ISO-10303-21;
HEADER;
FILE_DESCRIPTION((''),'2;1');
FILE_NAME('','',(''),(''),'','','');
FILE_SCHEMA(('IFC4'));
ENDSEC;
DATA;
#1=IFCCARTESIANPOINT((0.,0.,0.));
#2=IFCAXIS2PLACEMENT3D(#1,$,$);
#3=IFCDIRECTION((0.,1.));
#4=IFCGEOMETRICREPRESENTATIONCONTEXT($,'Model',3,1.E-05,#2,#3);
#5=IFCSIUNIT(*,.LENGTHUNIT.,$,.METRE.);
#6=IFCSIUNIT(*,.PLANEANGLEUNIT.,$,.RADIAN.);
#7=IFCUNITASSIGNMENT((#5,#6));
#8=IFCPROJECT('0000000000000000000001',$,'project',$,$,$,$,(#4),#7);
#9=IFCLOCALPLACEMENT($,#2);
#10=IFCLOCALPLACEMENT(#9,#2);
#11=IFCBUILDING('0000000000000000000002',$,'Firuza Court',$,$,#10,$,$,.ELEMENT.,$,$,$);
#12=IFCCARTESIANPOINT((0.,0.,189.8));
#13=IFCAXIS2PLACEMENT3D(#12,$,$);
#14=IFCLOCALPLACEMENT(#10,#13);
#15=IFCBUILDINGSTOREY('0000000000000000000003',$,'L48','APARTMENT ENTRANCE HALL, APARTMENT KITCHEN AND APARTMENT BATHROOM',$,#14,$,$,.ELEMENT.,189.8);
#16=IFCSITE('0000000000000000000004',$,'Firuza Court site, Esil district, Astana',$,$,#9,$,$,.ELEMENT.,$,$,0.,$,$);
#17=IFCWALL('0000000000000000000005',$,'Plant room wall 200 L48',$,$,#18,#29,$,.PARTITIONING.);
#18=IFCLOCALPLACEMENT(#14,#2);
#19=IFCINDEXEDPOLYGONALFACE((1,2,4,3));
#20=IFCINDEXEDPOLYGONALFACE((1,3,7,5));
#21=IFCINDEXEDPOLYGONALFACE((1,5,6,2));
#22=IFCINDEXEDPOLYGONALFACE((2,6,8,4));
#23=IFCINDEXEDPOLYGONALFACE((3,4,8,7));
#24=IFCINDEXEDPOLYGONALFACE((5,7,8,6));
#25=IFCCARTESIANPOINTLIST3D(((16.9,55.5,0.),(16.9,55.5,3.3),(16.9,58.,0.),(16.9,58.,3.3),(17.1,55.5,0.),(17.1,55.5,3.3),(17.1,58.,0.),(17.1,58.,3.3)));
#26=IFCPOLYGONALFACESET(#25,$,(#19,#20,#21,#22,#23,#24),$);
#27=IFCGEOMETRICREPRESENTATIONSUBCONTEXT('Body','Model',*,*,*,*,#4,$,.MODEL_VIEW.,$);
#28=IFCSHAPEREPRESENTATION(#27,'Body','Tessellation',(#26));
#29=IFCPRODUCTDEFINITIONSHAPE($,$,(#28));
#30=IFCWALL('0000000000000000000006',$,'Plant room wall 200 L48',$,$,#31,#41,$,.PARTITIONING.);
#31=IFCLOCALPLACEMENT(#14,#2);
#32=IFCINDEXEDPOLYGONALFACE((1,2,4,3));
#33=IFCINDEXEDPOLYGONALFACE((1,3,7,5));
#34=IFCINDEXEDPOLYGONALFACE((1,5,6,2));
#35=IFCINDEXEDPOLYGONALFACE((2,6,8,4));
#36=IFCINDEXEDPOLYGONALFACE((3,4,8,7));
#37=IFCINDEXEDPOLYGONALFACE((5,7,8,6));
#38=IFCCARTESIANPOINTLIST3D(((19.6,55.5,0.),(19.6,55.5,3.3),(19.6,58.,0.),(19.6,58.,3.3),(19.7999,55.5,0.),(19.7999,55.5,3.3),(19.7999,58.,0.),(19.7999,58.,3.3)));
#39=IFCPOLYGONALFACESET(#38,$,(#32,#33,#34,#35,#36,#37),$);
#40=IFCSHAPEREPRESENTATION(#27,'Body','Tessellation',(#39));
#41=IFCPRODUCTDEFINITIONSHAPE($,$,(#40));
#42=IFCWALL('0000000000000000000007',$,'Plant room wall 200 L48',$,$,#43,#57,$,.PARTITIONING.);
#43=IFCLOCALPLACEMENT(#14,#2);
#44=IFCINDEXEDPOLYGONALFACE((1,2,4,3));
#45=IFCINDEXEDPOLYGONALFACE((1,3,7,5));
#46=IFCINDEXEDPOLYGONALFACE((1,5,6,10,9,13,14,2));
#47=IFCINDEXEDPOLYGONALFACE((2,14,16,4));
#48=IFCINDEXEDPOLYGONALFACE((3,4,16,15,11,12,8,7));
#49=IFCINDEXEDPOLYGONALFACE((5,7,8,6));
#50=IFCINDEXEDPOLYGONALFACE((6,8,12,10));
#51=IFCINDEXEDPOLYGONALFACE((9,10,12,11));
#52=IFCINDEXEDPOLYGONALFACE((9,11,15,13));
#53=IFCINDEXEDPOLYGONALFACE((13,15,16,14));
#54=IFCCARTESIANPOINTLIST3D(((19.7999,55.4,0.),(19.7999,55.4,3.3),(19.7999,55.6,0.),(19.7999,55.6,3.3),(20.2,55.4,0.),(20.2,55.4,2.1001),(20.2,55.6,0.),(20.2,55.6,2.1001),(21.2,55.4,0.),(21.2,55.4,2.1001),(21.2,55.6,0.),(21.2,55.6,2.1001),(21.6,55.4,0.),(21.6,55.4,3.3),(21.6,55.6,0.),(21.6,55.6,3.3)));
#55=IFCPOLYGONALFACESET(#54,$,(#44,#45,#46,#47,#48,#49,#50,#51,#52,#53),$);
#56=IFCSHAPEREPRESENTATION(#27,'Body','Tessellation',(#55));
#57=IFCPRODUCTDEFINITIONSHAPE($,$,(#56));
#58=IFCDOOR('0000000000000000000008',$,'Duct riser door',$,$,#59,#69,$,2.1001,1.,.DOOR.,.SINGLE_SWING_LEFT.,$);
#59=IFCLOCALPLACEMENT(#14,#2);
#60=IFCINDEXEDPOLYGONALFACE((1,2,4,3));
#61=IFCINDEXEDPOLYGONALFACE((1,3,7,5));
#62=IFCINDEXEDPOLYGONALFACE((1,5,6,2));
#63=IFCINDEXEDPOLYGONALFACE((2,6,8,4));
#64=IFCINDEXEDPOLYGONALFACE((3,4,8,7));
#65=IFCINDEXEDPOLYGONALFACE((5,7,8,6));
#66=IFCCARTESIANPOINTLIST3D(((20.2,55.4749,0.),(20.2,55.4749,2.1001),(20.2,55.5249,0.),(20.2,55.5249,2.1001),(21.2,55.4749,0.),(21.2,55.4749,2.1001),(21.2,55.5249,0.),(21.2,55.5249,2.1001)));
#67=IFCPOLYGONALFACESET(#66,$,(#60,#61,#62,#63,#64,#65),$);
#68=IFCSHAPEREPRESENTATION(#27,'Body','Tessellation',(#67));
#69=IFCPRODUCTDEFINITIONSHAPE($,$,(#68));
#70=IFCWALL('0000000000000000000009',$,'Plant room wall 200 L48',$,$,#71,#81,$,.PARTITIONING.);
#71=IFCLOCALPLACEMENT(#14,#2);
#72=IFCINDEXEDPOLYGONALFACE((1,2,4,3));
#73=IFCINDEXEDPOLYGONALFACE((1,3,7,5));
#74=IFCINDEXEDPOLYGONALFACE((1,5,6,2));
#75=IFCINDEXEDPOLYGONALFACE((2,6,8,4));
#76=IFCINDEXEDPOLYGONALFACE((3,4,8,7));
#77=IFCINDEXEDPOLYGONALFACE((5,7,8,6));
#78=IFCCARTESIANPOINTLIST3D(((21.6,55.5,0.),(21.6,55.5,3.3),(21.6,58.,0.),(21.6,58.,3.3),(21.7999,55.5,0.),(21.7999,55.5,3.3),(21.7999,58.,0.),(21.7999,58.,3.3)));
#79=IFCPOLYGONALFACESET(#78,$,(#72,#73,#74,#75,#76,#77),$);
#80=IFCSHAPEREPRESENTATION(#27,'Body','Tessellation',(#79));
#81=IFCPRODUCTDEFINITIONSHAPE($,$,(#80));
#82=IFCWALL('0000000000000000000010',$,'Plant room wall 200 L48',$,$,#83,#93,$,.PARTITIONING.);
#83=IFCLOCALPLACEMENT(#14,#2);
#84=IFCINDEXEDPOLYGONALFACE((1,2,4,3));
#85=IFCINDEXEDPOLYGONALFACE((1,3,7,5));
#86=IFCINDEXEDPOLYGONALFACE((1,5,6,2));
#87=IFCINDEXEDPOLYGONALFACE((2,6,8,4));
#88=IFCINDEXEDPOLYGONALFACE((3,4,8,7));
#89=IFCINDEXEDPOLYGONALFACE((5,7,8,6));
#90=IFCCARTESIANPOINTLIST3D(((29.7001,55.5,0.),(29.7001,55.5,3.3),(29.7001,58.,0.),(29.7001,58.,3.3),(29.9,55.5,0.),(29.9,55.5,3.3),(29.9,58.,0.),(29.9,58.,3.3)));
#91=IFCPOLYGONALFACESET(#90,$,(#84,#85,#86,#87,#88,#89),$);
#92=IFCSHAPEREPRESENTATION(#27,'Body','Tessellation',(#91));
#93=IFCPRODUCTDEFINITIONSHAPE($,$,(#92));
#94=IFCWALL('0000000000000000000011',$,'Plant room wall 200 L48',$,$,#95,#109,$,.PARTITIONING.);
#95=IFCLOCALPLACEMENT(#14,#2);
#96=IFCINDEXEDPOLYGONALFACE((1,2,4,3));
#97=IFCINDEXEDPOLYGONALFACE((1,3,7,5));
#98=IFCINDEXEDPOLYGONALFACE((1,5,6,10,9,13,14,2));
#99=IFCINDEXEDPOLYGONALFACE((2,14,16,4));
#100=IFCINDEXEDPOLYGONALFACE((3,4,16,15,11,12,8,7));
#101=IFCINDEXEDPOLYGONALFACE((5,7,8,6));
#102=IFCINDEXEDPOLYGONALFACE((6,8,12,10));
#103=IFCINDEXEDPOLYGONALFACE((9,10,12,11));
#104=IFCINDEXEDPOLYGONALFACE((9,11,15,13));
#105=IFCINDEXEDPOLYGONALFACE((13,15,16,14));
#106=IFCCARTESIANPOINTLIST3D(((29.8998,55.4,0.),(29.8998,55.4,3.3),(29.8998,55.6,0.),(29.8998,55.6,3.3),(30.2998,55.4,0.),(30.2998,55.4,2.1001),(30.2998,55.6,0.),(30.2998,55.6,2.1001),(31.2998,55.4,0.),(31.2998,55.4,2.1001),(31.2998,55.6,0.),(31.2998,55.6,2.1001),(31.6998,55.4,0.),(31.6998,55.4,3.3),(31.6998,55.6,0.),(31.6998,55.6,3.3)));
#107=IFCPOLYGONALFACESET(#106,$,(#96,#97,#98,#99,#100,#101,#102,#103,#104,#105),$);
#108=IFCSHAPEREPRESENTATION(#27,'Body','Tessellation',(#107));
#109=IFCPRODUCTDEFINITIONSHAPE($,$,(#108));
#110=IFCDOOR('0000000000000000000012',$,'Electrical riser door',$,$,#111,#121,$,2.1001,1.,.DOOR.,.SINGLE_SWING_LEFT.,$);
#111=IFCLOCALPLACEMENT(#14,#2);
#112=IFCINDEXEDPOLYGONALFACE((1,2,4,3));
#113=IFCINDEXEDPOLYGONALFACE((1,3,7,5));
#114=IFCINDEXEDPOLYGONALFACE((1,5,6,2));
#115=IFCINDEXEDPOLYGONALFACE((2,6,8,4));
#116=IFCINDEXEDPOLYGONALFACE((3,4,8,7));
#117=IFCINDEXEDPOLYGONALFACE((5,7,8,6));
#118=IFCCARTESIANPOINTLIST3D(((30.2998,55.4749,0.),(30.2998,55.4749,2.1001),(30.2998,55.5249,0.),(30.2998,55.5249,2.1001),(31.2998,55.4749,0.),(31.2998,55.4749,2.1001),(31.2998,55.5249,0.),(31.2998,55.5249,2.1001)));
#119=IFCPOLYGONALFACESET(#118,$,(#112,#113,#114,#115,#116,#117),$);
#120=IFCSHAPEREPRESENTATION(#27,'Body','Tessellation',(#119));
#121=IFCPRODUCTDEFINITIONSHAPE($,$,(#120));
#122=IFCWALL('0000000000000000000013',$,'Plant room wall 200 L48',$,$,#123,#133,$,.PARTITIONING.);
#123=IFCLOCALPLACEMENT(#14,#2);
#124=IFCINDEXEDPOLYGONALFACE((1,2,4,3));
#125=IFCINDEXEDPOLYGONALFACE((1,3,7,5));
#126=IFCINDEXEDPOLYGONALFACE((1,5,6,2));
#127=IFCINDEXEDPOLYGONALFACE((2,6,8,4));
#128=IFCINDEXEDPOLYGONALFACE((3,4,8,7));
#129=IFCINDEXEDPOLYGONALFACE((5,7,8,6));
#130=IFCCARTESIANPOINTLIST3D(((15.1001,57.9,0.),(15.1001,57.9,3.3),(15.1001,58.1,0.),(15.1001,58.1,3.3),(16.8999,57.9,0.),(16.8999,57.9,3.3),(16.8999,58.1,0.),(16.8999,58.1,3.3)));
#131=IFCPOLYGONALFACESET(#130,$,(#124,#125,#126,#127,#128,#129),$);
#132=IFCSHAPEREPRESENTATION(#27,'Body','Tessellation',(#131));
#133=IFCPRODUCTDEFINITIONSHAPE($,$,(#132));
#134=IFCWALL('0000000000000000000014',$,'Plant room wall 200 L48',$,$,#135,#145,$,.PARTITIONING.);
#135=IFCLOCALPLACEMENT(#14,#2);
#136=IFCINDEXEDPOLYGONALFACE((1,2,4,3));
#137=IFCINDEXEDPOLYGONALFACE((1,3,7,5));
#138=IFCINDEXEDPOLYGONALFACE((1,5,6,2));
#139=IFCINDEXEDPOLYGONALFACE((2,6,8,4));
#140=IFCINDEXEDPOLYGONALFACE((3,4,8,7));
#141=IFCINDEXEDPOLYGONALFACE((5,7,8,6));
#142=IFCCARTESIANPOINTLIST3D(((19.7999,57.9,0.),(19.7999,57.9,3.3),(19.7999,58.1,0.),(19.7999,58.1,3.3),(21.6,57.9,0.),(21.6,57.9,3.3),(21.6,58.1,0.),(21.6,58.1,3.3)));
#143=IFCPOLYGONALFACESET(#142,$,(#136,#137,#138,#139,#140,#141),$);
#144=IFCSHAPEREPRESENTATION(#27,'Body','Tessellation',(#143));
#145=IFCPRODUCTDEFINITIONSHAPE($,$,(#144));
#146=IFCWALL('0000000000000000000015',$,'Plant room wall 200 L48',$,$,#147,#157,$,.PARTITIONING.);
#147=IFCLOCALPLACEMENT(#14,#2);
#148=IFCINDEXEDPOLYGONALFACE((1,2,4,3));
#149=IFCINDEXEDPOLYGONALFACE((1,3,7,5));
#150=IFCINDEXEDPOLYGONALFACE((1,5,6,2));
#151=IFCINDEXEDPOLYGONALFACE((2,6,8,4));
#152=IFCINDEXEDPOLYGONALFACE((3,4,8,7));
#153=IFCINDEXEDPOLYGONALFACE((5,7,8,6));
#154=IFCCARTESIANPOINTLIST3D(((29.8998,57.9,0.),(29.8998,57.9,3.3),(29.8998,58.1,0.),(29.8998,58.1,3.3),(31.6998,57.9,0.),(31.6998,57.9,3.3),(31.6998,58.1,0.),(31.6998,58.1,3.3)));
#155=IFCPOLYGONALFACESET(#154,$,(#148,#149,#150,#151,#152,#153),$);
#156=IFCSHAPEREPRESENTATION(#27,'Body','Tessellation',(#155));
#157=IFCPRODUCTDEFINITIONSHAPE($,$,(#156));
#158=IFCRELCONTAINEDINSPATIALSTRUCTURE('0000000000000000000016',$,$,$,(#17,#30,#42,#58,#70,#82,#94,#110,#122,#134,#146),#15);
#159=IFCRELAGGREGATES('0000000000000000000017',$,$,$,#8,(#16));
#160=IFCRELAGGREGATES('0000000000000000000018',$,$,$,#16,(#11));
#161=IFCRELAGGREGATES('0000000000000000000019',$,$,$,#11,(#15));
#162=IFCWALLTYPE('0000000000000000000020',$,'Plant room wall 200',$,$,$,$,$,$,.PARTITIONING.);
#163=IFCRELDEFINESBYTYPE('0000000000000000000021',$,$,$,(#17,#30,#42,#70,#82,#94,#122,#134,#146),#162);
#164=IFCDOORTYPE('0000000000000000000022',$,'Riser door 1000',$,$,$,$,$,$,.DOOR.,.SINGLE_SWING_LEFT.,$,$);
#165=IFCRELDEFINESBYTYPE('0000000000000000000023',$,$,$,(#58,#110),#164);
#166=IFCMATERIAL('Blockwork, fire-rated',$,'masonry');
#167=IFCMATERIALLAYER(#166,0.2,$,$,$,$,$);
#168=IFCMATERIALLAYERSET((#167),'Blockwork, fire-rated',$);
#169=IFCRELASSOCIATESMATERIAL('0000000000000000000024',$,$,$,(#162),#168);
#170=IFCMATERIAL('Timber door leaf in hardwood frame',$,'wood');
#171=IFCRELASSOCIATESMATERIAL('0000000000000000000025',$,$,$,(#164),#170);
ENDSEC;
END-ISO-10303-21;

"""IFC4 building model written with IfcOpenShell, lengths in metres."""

from ifc_helpers import new_model, si_unit, direction, frame, frame_2d, origin, place, context, subcontext, project, spatial, rectangle, extrude, material, layer, layer_set, type_object, element, fill, save


model = new_model("IFC4")

# Units and contexts
model_context = context("Model", 3, precision=1e-05, world=origin(), true_north=direction((0.0, 1.0)))
body_context = subcontext(model_context, "Body", "Model", "MODEL_VIEW")
ifc_project = project(units=[si_unit("LENGTHUNIT", "METRE"), si_unit("PLANEANGLEUNIT", "RADIAN")], contexts=[model_context])

# Site, building, storey
site_placement = place(None, origin())
site = spatial("IfcSite", under=ifc_project, at=site_placement, Name="Firuza Court site, Esil district, Astana", CompositionType="ELEMENT", RefElevation=0.0)
building_placement = place(site_placement, origin())
building = spatial("IfcBuilding", under=site, at=building_placement, Name="Firuza Court", CompositionType="ELEMENT")
storey_placement = place(building_placement, frame((0.0, 0.0, 189.8)))
storey = spatial("IfcBuildingStorey", under=building, at=storey_placement, Name="L48", Description="APARTMENT ENTRANCE HALL, APARTMENT KITCHEN AND APARTMENT BATHROOM", CompositionType="ELEMENT", Elevation=189.8)

# Shared definitions
ifc_material_1 = material(Name="Blockwork, fire-rated", Category="masonry")
ifc_layer_1 = layer(ifc_material_1, 0.2)
ifc_layer_set_1 = layer_set([ifc_layer_1], Name="Blockwork, fire-rated")
wall_type_1 = type_object("IfcWallType", Name="Plant room wall 200", PredefinedType="PARTITIONING", material=ifc_layer_set_1)

# Shared definitions
ifc_material_2 = material(Name="Timber door leaf in hardwood frame", Category="wood")
door_type = type_object("IfcDoorType", Name="Riser door 1000", OperationType="SINGLE_SWING_LEFT", PredefinedType="DOOR", material=ifc_material_2)

# Walls
for number, where, z_axis, x_axis, name in (
    (1, (17.0, 55.5, 0.0), (0.0, 0.0, 1.0), (0.0, 1.0, 0.0), "Plant room wall 200 L48"),
    (2, (19.7, 55.5, 0.0), (0.0, 0.0, 1.0), (0.0, 1.0, 0.0), "Plant room wall 200 L48"),
):
    element("IfcWall", number, at=place(storey_placement, frame(where, z_axis=z_axis, x_axis=x_axis)), inside=storey, type_object=wall_type_1, Name=name, PredefinedType="PARTITIONING", context=body_context, shape_type="SweptSolid", body=[
        extrude(rectangle(XDim=2.5, YDim=0.2, at=frame_2d((1.25, 0.0))), origin(), (0.0, 0.0, 1.0), 3.3),
    ])

# Wall, opening, door
wall_1_placement = place(storey_placement, frame((19.8, 55.5, 0.0), z_axis=(0.0, 0.0, 1.0), x_axis=(1.0, 0.0, 0.0)))
wall_1 = element("IfcWall", 3, at=wall_1_placement, inside=storey, type_object=wall_type_1, Name="Plant room wall 200 L48", PredefinedType="PARTITIONING", context=body_context, shape_type="SweptSolid", body=[
    extrude(rectangle(XDim=1.8, YDim=0.2, at=frame_2d((0.8999, 0.0))), origin(), (0.0, 0.0, 1.0), 3.3),
])
opening_1_placement = place(wall_1_placement, frame((0.3999, 0.0, 0.0)))
opening_1 = element("IfcOpeningElement", 4, at=opening_1_placement, cuts=wall_1, PredefinedType="OPENING", context=body_context, shape_type="SweptSolid", body=[
    extrude(rectangle(XDim=1.0, YDim=2.1001, at=frame_2d((0.5, 1.05))), frame((0.0, 0.1118, 0.0), z_axis=(0.0, -1.0, 0.0), x_axis=(1.0, 0.0, 0.0)), (0.0, 0.0, 1.0), 0.2239),
])
door_1_placement = place(opening_1_placement, origin())
door_1 = element("IfcDoor", 5, at=door_1_placement, inside=storey, type_object=door_type, Name="Duct riser door", OperationType="SINGLE_SWING_LEFT", OverallHeight=2.1001, OverallWidth=1.0, PredefinedType="DOOR", context=body_context, shape_type="SweptSolid", body=[
    extrude(rectangle(XDim=1.0, YDim=2.1001, at=frame_2d((0.5, 1.05))), frame((0.0, 0.0249, 0.0), z_axis=(0.0, -1.0, 0.0), x_axis=(1.0, 0.0, 0.0)), (0.0, 0.0, 1.0), 0.05),
])
fill(opening_1, door_1)

# Walls
for number, where, z_axis, x_axis, name in (
    (6, (21.7, 55.5, 0.0), (0.0, 0.0, 1.0), (0.0, 1.0, 0.0), "Plant room wall 200 L48"),
    (7, (29.8, 55.5, 0.0), (0.0, 0.0, 1.0), (0.0, 1.0, 0.0), "Plant room wall 200 L48"),
):
    element("IfcWall", number, at=place(storey_placement, frame(where, z_axis=z_axis, x_axis=x_axis)), inside=storey, type_object=wall_type_1, Name=name, PredefinedType="PARTITIONING", context=body_context, shape_type="SweptSolid", body=[
        extrude(rectangle(XDim=2.5, YDim=0.2, at=frame_2d((1.25, 0.0))), origin(), (0.0, 0.0, 1.0), 3.3),
    ])

# Wall, opening, door
wall_2_placement = place(storey_placement, frame((29.8999, 55.5, 0.0), z_axis=(0.0, 0.0, 1.0), x_axis=(1.0, 0.0, 0.0)))
wall_2 = element("IfcWall", 8, at=wall_2_placement, inside=storey, type_object=wall_type_1, Name="Plant room wall 200 L48", PredefinedType="PARTITIONING", context=body_context, shape_type="SweptSolid", body=[
    extrude(rectangle(XDim=1.8, YDim=0.2, at=frame_2d((0.8999, 0.0))), origin(), (0.0, 0.0, 1.0), 3.3),
])
opening_2_placement = place(wall_2_placement, frame((0.3999, 0.0, 0.0)))
opening_2 = element("IfcOpeningElement", 9, at=opening_2_placement, cuts=wall_2, PredefinedType="OPENING", context=body_context, shape_type="SweptSolid", body=[
    extrude(rectangle(XDim=1.0, YDim=2.1001, at=frame_2d((0.5, 1.05))), frame((0.0, 0.1118, 0.0), z_axis=(0.0, -1.0, 0.0), x_axis=(1.0, 0.0, 0.0)), (0.0, 0.0, 1.0), 0.2239),
])
door_2_placement = place(opening_2_placement, origin())
door_2 = element("IfcDoor", 10, at=door_2_placement, inside=storey, type_object=door_type, Name="Electrical riser door", OperationType="SINGLE_SWING_LEFT", OverallHeight=2.1001, OverallWidth=1.0, PredefinedType="DOOR", context=body_context, shape_type="SweptSolid", body=[
    extrude(rectangle(XDim=1.0, YDim=2.1001, at=frame_2d((0.5, 1.05))), frame((0.0, 0.0249, 0.0), z_axis=(0.0, -1.0, 0.0), x_axis=(1.0, 0.0, 0.0)), (0.0, 0.0, 1.0), 0.05),
])
fill(opening_2, door_2)

# Walls
wall_3_placement = place(storey_placement, frame((15.1001, 58.0, 0.0), z_axis=(0.0, 0.0, 1.0), x_axis=(1.0, 0.0, 0.0)))
element("IfcWall", 11, at=wall_3_placement, inside=storey, type_object=wall_type_1, Name="Plant room wall 200 L48", PredefinedType="PARTITIONING", context=body_context, shape_type="SweptSolid", body=[
    extrude(rectangle(XDim=1.7998, YDim=0.2, at=frame_2d((0.8999, 0.0))), origin(), (0.0, 0.0, 1.0), 3.3),
])
for number, where, z_axis, x_axis, name in (
    (12, (19.8, 58.0, 0.0), (0.0, 0.0, 1.0), (1.0, 0.0, 0.0), "Plant room wall 200 L48"),
    (13, (29.8999, 58.0, 0.0), (0.0, 0.0, 1.0), (1.0, 0.0, 0.0), "Plant room wall 200 L48"),
):
    element("IfcWall", number, at=place(storey_placement, frame(where, z_axis=z_axis, x_axis=x_axis)), inside=storey, type_object=wall_type_1, Name=name, PredefinedType="PARTITIONING", context=body_context, shape_type="SweptSolid", body=[
        extrude(rectangle(XDim=1.8, YDim=0.2, at=frame_2d((0.8999, 0.0))), origin(), (0.0, 0.0, 1.0), 3.3),
    ])

save(model, "model.ifc")
